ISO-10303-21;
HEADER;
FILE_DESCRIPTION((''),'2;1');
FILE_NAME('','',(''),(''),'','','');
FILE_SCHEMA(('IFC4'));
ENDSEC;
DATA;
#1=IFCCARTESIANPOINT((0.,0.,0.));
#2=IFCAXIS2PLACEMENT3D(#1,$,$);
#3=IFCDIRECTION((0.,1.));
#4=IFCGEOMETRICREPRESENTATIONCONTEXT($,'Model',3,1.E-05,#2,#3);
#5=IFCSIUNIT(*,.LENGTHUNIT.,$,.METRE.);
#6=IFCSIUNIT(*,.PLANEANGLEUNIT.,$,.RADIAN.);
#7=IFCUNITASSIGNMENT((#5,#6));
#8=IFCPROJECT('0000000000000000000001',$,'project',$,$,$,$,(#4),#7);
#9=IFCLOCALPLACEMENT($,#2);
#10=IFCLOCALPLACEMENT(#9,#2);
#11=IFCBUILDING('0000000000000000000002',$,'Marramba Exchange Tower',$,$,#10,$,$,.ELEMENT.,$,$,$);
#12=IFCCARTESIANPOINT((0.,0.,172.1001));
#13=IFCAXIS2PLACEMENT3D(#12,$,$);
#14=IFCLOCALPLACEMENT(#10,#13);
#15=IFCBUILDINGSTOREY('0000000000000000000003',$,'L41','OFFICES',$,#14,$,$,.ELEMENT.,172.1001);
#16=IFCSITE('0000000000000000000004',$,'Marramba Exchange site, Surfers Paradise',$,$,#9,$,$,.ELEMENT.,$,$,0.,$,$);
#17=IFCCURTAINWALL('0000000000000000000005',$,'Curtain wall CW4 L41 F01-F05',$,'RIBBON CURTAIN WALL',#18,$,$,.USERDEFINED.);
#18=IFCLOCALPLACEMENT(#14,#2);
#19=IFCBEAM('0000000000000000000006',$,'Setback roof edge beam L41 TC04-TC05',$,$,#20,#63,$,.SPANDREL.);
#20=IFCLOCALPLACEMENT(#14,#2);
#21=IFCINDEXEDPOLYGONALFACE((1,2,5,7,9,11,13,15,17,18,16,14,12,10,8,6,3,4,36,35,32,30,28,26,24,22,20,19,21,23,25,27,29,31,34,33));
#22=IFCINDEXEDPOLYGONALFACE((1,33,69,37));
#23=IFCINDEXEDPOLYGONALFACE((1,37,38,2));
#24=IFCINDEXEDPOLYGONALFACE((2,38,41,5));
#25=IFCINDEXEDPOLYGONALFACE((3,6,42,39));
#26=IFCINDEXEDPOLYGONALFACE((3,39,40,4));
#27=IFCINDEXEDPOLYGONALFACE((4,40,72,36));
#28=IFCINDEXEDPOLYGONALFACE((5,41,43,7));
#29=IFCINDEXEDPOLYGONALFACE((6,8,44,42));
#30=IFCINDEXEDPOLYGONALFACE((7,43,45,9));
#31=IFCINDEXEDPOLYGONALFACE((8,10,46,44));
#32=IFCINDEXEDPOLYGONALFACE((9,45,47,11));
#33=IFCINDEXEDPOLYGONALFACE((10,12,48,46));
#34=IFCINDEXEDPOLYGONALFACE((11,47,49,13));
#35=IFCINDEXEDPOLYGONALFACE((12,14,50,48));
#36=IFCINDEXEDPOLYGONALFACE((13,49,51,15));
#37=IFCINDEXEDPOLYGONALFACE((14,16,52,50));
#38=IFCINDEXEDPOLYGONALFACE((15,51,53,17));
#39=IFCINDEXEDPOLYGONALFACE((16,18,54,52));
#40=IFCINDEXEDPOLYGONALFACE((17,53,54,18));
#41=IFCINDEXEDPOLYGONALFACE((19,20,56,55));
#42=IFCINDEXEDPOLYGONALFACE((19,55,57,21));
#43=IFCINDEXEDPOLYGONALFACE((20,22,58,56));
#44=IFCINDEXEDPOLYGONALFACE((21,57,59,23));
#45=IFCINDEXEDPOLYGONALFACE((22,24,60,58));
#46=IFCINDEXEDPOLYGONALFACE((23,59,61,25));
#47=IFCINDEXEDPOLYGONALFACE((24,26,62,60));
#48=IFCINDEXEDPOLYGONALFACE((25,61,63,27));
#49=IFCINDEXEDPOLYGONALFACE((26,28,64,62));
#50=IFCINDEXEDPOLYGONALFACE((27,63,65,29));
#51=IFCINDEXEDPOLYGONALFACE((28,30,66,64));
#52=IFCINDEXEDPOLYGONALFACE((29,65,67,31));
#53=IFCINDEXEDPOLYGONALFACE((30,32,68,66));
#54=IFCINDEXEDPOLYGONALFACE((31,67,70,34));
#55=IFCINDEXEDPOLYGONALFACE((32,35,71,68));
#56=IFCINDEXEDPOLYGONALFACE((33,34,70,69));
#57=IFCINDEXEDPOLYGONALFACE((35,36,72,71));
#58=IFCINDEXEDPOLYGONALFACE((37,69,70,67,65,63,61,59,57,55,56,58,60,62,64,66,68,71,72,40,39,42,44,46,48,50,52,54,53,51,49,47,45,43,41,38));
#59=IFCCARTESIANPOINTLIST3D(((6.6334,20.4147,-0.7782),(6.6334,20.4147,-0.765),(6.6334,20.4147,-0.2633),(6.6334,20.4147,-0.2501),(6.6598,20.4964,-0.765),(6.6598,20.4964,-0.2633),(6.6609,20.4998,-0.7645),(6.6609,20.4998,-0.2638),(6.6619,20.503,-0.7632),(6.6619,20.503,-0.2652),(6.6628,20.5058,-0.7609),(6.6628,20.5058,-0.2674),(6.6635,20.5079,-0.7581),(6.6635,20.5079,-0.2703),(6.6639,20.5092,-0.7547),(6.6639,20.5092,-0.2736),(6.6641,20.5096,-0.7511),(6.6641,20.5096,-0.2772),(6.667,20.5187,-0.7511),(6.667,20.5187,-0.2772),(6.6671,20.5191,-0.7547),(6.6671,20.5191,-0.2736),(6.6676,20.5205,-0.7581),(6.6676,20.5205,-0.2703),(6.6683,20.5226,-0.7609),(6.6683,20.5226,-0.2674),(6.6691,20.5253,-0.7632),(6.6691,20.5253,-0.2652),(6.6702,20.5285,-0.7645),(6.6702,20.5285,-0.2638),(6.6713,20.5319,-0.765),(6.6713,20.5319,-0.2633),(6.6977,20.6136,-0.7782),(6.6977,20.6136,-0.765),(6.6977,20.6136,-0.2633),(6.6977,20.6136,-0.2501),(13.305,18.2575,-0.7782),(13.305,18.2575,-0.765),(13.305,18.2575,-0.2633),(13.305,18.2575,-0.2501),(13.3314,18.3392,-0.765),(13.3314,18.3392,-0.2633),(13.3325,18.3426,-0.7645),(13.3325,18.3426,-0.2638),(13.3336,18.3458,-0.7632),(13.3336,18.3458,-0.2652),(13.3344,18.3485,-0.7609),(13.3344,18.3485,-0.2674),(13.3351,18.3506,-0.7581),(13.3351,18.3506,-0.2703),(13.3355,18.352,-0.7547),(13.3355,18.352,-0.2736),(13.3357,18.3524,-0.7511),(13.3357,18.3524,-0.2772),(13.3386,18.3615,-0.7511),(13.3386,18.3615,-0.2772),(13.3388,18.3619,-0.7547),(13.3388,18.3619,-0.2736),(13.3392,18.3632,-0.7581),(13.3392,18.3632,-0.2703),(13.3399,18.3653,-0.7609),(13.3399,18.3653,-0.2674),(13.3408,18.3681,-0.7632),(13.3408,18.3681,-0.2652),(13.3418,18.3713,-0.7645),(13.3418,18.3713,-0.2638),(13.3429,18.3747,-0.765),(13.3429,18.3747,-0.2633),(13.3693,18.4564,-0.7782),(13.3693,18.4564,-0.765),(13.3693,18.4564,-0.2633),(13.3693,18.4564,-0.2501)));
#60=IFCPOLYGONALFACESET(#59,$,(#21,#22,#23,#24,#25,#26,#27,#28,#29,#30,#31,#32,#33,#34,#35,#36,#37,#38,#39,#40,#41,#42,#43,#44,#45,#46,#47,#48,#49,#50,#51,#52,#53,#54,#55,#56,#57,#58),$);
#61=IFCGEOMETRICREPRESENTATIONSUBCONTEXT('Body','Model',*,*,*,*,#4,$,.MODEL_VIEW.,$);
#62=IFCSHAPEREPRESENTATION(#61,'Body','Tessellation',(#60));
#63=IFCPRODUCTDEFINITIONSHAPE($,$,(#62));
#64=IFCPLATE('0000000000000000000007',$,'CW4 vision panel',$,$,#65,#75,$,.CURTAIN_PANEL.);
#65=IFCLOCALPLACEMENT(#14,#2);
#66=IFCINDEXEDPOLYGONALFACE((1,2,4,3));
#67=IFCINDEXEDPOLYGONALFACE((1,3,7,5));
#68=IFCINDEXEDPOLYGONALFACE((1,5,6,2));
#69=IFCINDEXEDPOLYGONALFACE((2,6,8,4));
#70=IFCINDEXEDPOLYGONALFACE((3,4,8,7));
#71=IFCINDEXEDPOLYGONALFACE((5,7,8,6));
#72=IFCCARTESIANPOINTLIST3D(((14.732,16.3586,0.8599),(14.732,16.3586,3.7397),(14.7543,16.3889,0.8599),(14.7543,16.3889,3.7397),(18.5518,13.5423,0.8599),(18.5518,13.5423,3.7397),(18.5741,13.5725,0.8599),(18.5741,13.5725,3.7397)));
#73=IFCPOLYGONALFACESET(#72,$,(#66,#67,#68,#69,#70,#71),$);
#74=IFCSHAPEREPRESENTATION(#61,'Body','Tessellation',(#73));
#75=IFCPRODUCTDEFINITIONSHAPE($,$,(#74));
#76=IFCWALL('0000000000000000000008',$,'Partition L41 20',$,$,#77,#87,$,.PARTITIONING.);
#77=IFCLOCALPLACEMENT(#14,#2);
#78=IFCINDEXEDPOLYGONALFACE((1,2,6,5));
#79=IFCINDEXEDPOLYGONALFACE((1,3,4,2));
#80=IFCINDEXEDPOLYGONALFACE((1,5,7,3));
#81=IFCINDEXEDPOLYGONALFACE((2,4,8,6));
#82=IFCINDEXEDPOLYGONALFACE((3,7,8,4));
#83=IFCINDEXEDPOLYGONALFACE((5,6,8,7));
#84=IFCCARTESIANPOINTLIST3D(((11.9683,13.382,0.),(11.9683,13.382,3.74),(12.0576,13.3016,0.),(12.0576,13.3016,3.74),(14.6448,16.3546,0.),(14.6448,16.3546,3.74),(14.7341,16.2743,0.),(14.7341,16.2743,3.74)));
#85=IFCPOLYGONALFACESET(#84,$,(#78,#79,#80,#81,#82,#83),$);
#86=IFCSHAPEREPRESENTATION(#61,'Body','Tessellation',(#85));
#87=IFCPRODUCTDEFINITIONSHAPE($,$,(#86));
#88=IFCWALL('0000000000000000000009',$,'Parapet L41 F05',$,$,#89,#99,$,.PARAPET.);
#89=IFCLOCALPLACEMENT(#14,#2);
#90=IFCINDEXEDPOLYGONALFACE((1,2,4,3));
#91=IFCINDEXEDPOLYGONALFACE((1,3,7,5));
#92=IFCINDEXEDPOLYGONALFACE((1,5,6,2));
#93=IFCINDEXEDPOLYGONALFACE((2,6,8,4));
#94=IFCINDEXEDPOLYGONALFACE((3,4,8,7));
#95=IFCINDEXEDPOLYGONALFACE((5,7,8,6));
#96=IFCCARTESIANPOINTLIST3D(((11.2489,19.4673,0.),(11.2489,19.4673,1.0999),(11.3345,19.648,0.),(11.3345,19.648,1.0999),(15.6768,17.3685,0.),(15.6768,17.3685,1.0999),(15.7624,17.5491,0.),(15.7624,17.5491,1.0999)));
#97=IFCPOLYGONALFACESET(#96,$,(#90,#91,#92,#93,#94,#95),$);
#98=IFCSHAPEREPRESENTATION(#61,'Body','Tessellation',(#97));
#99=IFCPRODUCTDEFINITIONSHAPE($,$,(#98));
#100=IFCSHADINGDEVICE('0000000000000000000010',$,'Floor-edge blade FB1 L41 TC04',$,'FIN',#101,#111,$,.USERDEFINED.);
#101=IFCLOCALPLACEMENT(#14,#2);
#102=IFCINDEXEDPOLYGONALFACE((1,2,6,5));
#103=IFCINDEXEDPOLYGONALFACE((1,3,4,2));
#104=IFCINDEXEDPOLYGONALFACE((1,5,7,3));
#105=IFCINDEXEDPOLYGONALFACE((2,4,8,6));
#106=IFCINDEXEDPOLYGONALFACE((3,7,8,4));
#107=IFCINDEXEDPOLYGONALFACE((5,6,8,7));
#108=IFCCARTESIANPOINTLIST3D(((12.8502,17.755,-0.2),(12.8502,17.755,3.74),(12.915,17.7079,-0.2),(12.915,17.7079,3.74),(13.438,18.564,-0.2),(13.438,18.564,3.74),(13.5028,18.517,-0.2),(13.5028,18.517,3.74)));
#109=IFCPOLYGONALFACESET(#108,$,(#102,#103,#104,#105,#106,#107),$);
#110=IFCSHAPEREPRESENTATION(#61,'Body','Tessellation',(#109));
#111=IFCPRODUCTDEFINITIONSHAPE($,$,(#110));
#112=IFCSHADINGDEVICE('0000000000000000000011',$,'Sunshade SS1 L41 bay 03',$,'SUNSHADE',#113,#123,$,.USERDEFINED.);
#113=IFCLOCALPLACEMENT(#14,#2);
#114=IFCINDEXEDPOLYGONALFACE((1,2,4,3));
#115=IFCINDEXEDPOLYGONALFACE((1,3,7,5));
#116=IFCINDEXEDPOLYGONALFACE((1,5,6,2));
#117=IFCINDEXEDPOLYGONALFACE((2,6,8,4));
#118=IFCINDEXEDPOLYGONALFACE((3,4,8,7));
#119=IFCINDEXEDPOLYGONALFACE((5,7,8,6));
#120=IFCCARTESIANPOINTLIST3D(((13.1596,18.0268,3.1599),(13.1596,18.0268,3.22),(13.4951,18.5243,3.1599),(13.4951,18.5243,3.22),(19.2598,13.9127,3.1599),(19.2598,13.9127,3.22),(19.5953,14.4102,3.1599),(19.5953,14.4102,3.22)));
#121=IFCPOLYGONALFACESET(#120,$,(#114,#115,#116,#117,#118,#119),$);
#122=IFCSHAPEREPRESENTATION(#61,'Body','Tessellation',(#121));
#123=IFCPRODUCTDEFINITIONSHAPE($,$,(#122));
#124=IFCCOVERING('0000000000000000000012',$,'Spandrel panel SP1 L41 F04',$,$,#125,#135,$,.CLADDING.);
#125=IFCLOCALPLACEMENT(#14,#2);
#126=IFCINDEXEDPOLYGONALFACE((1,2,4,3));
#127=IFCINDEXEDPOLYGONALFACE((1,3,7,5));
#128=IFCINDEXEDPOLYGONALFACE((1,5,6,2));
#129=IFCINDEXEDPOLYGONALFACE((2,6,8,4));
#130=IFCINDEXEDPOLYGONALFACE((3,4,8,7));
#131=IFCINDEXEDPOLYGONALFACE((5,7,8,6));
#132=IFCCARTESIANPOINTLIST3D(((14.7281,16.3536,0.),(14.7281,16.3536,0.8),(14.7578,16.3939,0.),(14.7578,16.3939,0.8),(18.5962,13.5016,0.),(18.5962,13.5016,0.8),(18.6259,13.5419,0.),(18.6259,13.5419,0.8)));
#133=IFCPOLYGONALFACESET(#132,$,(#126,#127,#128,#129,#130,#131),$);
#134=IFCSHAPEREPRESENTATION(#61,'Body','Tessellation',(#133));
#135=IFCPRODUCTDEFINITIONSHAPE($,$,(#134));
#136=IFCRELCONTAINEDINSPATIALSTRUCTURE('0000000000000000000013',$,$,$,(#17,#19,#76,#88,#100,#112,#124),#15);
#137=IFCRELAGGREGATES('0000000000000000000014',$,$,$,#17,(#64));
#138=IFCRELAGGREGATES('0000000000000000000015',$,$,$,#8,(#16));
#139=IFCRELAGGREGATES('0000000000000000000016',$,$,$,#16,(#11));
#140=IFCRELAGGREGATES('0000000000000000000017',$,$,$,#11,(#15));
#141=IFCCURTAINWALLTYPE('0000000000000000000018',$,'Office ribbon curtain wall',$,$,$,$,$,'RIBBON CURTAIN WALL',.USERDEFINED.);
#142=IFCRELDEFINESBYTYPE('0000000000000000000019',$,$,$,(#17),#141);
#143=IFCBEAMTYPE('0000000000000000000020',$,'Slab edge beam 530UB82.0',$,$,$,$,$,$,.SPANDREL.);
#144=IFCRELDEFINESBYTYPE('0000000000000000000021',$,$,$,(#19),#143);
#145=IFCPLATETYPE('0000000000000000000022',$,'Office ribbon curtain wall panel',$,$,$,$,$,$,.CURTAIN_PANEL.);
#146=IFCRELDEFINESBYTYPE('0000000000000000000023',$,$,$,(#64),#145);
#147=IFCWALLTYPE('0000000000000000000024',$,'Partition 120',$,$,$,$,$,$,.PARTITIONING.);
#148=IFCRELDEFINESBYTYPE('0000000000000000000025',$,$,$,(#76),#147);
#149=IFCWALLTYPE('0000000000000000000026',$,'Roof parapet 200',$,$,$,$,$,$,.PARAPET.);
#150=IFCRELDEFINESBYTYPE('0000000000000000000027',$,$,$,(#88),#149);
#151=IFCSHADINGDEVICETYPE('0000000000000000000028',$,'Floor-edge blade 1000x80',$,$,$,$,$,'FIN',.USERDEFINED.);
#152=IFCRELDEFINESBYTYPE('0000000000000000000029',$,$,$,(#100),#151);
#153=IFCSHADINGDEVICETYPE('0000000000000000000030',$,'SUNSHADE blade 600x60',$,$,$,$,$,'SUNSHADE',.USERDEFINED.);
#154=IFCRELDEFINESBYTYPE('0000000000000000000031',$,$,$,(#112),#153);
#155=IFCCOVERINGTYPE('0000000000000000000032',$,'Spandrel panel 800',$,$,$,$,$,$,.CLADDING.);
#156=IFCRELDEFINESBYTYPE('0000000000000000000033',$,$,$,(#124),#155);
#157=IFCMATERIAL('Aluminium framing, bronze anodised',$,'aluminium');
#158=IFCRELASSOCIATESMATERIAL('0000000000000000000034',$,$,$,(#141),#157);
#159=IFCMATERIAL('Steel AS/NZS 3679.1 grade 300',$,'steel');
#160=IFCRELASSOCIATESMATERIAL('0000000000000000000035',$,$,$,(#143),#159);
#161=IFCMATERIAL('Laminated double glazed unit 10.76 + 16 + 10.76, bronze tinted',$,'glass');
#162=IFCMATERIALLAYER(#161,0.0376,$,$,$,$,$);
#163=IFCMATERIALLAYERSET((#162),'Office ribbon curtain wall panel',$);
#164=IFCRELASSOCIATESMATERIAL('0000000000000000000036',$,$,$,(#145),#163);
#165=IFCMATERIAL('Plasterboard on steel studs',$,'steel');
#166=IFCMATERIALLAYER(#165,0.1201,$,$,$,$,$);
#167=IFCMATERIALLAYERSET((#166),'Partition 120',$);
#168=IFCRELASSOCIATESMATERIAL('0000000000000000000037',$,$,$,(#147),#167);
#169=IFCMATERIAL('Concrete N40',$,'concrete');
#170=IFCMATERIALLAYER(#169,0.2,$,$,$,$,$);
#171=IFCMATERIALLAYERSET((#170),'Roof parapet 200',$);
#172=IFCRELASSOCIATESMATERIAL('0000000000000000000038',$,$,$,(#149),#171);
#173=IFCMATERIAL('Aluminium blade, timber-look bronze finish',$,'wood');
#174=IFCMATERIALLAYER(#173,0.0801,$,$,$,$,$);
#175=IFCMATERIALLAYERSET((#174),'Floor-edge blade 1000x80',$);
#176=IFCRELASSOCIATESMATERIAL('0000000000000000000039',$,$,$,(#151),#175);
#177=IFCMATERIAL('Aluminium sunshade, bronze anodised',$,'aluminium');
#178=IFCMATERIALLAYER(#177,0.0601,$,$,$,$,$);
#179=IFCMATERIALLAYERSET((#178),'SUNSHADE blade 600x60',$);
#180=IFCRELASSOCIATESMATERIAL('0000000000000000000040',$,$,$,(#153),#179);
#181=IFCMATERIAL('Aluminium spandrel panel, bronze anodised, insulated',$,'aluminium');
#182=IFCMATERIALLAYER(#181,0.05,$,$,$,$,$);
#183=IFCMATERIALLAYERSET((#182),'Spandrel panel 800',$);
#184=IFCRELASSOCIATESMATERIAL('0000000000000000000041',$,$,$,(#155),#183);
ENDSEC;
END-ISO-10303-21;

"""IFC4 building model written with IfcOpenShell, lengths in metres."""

from ifc_helpers import new_model, si_unit, direction, frame, frame_2d, origin, origin_2d, place, context, subcontext, project, spatial, rectangle, i_section, extrude, material, layer, layer_set, material_profile, profile_set, type_object, element, aggregate, save


model = new_model("IFC4")

# Units and contexts
model_context = context("Model", 3, precision=1e-05, world=origin(), true_north=direction((0.0, 1.0)))
body_context = subcontext(model_context, "Body", "Model", "MODEL_VIEW")
ifc_project = project(units=[si_unit("LENGTHUNIT", "METRE"), si_unit("PLANEANGLEUNIT", "RADIAN")], contexts=[model_context])

# Site, building, storey
site_placement = place(None, origin())
site = spatial("IfcSite", under=ifc_project, at=site_placement, Name="Marramba Exchange site, Surfers Paradise", CompositionType="ELEMENT", RefElevation=0.0)
building_placement = place(site_placement, origin())
building = spatial("IfcBuilding", under=site, at=building_placement, Name="Marramba Exchange Tower", CompositionType="ELEMENT")
storey_placement = place(building_placement, frame((0.0, 0.0, 172.1001)))
storey = spatial("IfcBuildingStorey", under=building, at=storey_placement, Name="L41", Description="OFFICES", CompositionType="ELEMENT", Elevation=172.1001)

# Shared definitions
ifc_material_1 = material(Name="Steel AS/NZS 3679.1 grade 300", Category="steel")

# Curtain wall
ifc_material_2 = material(Name="Aluminium framing, bronze anodised", Category="aluminium")
curtain_wall_type = type_object("IfcCurtainWallType", Name="Office ribbon curtain wall", ElementType="RIBBON CURTAIN WALL", PredefinedType="USERDEFINED", material=ifc_material_2)
curtain_wall_placement = place(storey_placement, origin())
curtain_wall = element("IfcCurtainWall", 1, at=curtain_wall_placement, inside=storey, type_object=curtain_wall_type, Name="Curtain wall CW4 L41 F01-F05", ObjectType="RIBBON CURTAIN WALL", PredefinedType="USERDEFINED")

# Beam
ifc_material_profile_1 = material_profile(ifc_material_1, i_section(OverallWidth=0.209, OverallDepth=0.5281, WebThickness=0.0095, FlangeThickness=0.0132, FilletRadius=0.0139, at=origin_2d()), Name="530UB82.0")
ifc_profile_set_1 = profile_set([ifc_material_profile_1], Name="Steel AS/NZS 3679.1 grade 300")
beam_type_1 = type_object("IfcBeamType", Name="Slab edge beam 530UB82.0", PredefinedType="SPANDREL", material=ifc_profile_set_1)
beam_1_placement = place(storey_placement, frame((13.3372, 18.3569, -0.5142), z_axis=(-0.951496, 0.30766, 0.0), x_axis=(-0.30766, -0.951496, 0.0)))
element("IfcBeam", 2, at=beam_1_placement, inside=storey, type_object=beam_type_1, Name="Setback roof edge beam L41 TC04-TC05", PredefinedType="SPANDREL", context=body_context, shape_type="SweptSolid", body=[
    extrude(i_section(OverallWidth=0.209, OverallDepth=0.5281, WebThickness=0.0095, FlangeThickness=0.0132, FilletRadius=0.0139, at=origin_2d()), origin(), (0.0, 0.0, 1.0), 7.0117),
])

# Plate
ifc_material_3 = material(Name="Laminated double glazed unit 10.76 + 16 + 10.76, bronze tinted", Category="glass")
ifc_layer_1 = layer(ifc_material_3, 0.0376)
ifc_layer_set_1 = layer_set([ifc_layer_1], Name="Office ribbon curtain wall panel")
plate_type = type_object("IfcPlateType", Name="Office ribbon curtain wall panel", PredefinedType="CURTAIN_PANEL", material=ifc_layer_set_1)
plate_placement = place(storey_placement, frame((16.6531, 14.9656, 0.8599), z_axis=(0.0, 0.0, 1.0), x_axis=(-0.804877, 0.593441, 0.0)))
plate = element("IfcPlate", 3, at=plate_placement, type_object=plate_type, Name="CW4 vision panel", PredefinedType="CURTAIN_PANEL", context=body_context, shape_type="SweptSolid", body=[
    extrude(rectangle(XDim=4.7458, YDim=0.0376, at=origin_2d()), origin(), (0.0, 0.0, 1.0), 2.8799),
])
aggregate(curtain_wall, [plate])

# Walls
ifc_material_4 = material(Name="Plasterboard on steel studs", Category="steel")
ifc_layer_2 = layer(ifc_material_4, 0.1201)
ifc_layer_set_2 = layer_set([ifc_layer_2], Name="Partition 120")
wall_type_1 = type_object("IfcWallType", Name="Partition 120", PredefinedType="PARTITIONING", material=ifc_layer_set_2)
wall_1_placement = place(storey_placement, frame((14.6895, 16.3145, 0.0), z_axis=(0.0, 0.0, 1.0), x_axis=(-0.66912, -0.743155, 0.0)))
element("IfcWall", 4, at=wall_1_placement, inside=storey, type_object=wall_type_1, Name="Partition L41 20", PredefinedType="PARTITIONING", context=body_context, shape_type="SweptSolid", body=[
    extrude(rectangle(XDim=4.0, YDim=0.1201, at=frame_2d((2.0, 0.0))), origin(), (0.0, 0.0, 1.0), 3.74),
])
ifc_material_5 = material(Name="Concrete N40", Category="concrete")
ifc_layer_3 = layer(ifc_material_5, 0.2)
ifc_layer_set_3 = layer_set([ifc_layer_3], Name="Roof parapet 200")
wall_type_2 = type_object("IfcWallType", Name="Roof parapet 200", PredefinedType="PARAPET", material=ifc_layer_set_3)
wall_2_placement = place(storey_placement, frame((15.7197, 17.4587, 0.0), z_axis=(0.0, 0.0, 1.0), x_axis=(-0.903626, 0.428322, 0.0)))
element("IfcWall", 5, at=wall_2_placement, inside=storey, type_object=wall_type_2, Name="Parapet L41 F05", PredefinedType="PARAPET", context=body_context, shape_type="SweptSolid", body=[
    extrude(rectangle(XDim=4.9001, YDim=0.2, at=frame_2d((2.4502, 0.0))), origin(), (0.0, 0.0, 1.0), 1.0999),
])

# Shading devices
ifc_material_6 = material(Name="Aluminium blade, timber-look bronze finish", Category="wood")
ifc_layer_4 = layer(ifc_material_6, 0.0801)
ifc_layer_set_4 = layer_set([ifc_layer_4], Name="Floor-edge blade 1000x80")
shading_device_type_1 = type_object("IfcShadingDeviceType", Name="Floor-edge blade 1000x80", ElementType="FIN", PredefinedType="USERDEFINED", material=ifc_layer_set_4)
shading_device_1_placement = place(storey_placement, frame((13.1765, 18.136, -0.2), z_axis=(0.0, 0.0, 1.0), x_axis=(0.587785, 0.809017, 0.0)))
element("IfcShadingDevice", 6, at=shading_device_1_placement, inside=storey, type_object=shading_device_type_1, Name="Floor-edge blade FB1 L41 TC04", ObjectType="FIN", PredefinedType="USERDEFINED", context=body_context, shape_type="SweptSolid", body=[
    extrude(rectangle(XDim=1.0, YDim=0.0801, at=origin_2d()), origin(), (0.0, 0.0, 1.0), 3.9399),
])
ifc_material_7 = material(Name="Aluminium sunshade, bronze anodised", Category="aluminium")
ifc_layer_5 = layer(ifc_material_7, 0.0601)
ifc_layer_set_5 = layer_set([ifc_layer_5], Name="SUNSHADE blade 600x60")
shading_device_type_2 = type_object("IfcShadingDeviceType", Name="SUNSHADE blade 600x60", ElementType="SUNSHADE", PredefinedType="USERDEFINED", material=ifc_layer_set_5)
shading_device_2_placement = place(storey_placement, frame((16.3774, 16.2185, 3.1599), z_axis=(0.0, 0.0, 1.0), x_axis=(-0.829071, 0.559143, 0.0)))
element("IfcShadingDevice", 7, at=shading_device_2_placement, inside=storey, type_object=shading_device_type_2, Name="Sunshade SS1 L41 bay 03", ObjectType="SUNSHADE", PredefinedType="USERDEFINED", context=body_context, shape_type="SweptSolid", body=[
    extrude(rectangle(XDim=7.3579, YDim=0.6001, at=origin_2d()), origin(), (0.0, 0.0, 1.0), 0.0601),
])

# Covering
ifc_material_8 = material(Name="Aluminium spandrel panel, bronze anodised, insulated", Category="aluminium")
ifc_layer_6 = layer(ifc_material_8, 0.05)
ifc_layer_set_6 = layer_set([ifc_layer_6], Name="Spandrel panel 800")
covering_type = type_object("IfcCoveringType", Name="Spandrel panel 800", PredefinedType="CLADDING", material=ifc_layer_set_6)
covering_placement = place(storey_placement, frame((16.677, 14.9478, 0.0), z_axis=(0.0, 0.0, 1.0), x_axis=(-0.804877, 0.593441, 0.0)))
element("IfcCovering", 8, at=covering_placement, inside=storey, type_object=covering_type, Name="Spandrel panel SP1 L41 F04", PredefinedType="CLADDING", context=body_context, shape_type="SweptSolid", body=[
    extrude(rectangle(XDim=4.8059, YDim=0.05, at=origin_2d()), origin(), (0.0, 0.0, 1.0), 0.8),
])

save(model, "model.ifc")
